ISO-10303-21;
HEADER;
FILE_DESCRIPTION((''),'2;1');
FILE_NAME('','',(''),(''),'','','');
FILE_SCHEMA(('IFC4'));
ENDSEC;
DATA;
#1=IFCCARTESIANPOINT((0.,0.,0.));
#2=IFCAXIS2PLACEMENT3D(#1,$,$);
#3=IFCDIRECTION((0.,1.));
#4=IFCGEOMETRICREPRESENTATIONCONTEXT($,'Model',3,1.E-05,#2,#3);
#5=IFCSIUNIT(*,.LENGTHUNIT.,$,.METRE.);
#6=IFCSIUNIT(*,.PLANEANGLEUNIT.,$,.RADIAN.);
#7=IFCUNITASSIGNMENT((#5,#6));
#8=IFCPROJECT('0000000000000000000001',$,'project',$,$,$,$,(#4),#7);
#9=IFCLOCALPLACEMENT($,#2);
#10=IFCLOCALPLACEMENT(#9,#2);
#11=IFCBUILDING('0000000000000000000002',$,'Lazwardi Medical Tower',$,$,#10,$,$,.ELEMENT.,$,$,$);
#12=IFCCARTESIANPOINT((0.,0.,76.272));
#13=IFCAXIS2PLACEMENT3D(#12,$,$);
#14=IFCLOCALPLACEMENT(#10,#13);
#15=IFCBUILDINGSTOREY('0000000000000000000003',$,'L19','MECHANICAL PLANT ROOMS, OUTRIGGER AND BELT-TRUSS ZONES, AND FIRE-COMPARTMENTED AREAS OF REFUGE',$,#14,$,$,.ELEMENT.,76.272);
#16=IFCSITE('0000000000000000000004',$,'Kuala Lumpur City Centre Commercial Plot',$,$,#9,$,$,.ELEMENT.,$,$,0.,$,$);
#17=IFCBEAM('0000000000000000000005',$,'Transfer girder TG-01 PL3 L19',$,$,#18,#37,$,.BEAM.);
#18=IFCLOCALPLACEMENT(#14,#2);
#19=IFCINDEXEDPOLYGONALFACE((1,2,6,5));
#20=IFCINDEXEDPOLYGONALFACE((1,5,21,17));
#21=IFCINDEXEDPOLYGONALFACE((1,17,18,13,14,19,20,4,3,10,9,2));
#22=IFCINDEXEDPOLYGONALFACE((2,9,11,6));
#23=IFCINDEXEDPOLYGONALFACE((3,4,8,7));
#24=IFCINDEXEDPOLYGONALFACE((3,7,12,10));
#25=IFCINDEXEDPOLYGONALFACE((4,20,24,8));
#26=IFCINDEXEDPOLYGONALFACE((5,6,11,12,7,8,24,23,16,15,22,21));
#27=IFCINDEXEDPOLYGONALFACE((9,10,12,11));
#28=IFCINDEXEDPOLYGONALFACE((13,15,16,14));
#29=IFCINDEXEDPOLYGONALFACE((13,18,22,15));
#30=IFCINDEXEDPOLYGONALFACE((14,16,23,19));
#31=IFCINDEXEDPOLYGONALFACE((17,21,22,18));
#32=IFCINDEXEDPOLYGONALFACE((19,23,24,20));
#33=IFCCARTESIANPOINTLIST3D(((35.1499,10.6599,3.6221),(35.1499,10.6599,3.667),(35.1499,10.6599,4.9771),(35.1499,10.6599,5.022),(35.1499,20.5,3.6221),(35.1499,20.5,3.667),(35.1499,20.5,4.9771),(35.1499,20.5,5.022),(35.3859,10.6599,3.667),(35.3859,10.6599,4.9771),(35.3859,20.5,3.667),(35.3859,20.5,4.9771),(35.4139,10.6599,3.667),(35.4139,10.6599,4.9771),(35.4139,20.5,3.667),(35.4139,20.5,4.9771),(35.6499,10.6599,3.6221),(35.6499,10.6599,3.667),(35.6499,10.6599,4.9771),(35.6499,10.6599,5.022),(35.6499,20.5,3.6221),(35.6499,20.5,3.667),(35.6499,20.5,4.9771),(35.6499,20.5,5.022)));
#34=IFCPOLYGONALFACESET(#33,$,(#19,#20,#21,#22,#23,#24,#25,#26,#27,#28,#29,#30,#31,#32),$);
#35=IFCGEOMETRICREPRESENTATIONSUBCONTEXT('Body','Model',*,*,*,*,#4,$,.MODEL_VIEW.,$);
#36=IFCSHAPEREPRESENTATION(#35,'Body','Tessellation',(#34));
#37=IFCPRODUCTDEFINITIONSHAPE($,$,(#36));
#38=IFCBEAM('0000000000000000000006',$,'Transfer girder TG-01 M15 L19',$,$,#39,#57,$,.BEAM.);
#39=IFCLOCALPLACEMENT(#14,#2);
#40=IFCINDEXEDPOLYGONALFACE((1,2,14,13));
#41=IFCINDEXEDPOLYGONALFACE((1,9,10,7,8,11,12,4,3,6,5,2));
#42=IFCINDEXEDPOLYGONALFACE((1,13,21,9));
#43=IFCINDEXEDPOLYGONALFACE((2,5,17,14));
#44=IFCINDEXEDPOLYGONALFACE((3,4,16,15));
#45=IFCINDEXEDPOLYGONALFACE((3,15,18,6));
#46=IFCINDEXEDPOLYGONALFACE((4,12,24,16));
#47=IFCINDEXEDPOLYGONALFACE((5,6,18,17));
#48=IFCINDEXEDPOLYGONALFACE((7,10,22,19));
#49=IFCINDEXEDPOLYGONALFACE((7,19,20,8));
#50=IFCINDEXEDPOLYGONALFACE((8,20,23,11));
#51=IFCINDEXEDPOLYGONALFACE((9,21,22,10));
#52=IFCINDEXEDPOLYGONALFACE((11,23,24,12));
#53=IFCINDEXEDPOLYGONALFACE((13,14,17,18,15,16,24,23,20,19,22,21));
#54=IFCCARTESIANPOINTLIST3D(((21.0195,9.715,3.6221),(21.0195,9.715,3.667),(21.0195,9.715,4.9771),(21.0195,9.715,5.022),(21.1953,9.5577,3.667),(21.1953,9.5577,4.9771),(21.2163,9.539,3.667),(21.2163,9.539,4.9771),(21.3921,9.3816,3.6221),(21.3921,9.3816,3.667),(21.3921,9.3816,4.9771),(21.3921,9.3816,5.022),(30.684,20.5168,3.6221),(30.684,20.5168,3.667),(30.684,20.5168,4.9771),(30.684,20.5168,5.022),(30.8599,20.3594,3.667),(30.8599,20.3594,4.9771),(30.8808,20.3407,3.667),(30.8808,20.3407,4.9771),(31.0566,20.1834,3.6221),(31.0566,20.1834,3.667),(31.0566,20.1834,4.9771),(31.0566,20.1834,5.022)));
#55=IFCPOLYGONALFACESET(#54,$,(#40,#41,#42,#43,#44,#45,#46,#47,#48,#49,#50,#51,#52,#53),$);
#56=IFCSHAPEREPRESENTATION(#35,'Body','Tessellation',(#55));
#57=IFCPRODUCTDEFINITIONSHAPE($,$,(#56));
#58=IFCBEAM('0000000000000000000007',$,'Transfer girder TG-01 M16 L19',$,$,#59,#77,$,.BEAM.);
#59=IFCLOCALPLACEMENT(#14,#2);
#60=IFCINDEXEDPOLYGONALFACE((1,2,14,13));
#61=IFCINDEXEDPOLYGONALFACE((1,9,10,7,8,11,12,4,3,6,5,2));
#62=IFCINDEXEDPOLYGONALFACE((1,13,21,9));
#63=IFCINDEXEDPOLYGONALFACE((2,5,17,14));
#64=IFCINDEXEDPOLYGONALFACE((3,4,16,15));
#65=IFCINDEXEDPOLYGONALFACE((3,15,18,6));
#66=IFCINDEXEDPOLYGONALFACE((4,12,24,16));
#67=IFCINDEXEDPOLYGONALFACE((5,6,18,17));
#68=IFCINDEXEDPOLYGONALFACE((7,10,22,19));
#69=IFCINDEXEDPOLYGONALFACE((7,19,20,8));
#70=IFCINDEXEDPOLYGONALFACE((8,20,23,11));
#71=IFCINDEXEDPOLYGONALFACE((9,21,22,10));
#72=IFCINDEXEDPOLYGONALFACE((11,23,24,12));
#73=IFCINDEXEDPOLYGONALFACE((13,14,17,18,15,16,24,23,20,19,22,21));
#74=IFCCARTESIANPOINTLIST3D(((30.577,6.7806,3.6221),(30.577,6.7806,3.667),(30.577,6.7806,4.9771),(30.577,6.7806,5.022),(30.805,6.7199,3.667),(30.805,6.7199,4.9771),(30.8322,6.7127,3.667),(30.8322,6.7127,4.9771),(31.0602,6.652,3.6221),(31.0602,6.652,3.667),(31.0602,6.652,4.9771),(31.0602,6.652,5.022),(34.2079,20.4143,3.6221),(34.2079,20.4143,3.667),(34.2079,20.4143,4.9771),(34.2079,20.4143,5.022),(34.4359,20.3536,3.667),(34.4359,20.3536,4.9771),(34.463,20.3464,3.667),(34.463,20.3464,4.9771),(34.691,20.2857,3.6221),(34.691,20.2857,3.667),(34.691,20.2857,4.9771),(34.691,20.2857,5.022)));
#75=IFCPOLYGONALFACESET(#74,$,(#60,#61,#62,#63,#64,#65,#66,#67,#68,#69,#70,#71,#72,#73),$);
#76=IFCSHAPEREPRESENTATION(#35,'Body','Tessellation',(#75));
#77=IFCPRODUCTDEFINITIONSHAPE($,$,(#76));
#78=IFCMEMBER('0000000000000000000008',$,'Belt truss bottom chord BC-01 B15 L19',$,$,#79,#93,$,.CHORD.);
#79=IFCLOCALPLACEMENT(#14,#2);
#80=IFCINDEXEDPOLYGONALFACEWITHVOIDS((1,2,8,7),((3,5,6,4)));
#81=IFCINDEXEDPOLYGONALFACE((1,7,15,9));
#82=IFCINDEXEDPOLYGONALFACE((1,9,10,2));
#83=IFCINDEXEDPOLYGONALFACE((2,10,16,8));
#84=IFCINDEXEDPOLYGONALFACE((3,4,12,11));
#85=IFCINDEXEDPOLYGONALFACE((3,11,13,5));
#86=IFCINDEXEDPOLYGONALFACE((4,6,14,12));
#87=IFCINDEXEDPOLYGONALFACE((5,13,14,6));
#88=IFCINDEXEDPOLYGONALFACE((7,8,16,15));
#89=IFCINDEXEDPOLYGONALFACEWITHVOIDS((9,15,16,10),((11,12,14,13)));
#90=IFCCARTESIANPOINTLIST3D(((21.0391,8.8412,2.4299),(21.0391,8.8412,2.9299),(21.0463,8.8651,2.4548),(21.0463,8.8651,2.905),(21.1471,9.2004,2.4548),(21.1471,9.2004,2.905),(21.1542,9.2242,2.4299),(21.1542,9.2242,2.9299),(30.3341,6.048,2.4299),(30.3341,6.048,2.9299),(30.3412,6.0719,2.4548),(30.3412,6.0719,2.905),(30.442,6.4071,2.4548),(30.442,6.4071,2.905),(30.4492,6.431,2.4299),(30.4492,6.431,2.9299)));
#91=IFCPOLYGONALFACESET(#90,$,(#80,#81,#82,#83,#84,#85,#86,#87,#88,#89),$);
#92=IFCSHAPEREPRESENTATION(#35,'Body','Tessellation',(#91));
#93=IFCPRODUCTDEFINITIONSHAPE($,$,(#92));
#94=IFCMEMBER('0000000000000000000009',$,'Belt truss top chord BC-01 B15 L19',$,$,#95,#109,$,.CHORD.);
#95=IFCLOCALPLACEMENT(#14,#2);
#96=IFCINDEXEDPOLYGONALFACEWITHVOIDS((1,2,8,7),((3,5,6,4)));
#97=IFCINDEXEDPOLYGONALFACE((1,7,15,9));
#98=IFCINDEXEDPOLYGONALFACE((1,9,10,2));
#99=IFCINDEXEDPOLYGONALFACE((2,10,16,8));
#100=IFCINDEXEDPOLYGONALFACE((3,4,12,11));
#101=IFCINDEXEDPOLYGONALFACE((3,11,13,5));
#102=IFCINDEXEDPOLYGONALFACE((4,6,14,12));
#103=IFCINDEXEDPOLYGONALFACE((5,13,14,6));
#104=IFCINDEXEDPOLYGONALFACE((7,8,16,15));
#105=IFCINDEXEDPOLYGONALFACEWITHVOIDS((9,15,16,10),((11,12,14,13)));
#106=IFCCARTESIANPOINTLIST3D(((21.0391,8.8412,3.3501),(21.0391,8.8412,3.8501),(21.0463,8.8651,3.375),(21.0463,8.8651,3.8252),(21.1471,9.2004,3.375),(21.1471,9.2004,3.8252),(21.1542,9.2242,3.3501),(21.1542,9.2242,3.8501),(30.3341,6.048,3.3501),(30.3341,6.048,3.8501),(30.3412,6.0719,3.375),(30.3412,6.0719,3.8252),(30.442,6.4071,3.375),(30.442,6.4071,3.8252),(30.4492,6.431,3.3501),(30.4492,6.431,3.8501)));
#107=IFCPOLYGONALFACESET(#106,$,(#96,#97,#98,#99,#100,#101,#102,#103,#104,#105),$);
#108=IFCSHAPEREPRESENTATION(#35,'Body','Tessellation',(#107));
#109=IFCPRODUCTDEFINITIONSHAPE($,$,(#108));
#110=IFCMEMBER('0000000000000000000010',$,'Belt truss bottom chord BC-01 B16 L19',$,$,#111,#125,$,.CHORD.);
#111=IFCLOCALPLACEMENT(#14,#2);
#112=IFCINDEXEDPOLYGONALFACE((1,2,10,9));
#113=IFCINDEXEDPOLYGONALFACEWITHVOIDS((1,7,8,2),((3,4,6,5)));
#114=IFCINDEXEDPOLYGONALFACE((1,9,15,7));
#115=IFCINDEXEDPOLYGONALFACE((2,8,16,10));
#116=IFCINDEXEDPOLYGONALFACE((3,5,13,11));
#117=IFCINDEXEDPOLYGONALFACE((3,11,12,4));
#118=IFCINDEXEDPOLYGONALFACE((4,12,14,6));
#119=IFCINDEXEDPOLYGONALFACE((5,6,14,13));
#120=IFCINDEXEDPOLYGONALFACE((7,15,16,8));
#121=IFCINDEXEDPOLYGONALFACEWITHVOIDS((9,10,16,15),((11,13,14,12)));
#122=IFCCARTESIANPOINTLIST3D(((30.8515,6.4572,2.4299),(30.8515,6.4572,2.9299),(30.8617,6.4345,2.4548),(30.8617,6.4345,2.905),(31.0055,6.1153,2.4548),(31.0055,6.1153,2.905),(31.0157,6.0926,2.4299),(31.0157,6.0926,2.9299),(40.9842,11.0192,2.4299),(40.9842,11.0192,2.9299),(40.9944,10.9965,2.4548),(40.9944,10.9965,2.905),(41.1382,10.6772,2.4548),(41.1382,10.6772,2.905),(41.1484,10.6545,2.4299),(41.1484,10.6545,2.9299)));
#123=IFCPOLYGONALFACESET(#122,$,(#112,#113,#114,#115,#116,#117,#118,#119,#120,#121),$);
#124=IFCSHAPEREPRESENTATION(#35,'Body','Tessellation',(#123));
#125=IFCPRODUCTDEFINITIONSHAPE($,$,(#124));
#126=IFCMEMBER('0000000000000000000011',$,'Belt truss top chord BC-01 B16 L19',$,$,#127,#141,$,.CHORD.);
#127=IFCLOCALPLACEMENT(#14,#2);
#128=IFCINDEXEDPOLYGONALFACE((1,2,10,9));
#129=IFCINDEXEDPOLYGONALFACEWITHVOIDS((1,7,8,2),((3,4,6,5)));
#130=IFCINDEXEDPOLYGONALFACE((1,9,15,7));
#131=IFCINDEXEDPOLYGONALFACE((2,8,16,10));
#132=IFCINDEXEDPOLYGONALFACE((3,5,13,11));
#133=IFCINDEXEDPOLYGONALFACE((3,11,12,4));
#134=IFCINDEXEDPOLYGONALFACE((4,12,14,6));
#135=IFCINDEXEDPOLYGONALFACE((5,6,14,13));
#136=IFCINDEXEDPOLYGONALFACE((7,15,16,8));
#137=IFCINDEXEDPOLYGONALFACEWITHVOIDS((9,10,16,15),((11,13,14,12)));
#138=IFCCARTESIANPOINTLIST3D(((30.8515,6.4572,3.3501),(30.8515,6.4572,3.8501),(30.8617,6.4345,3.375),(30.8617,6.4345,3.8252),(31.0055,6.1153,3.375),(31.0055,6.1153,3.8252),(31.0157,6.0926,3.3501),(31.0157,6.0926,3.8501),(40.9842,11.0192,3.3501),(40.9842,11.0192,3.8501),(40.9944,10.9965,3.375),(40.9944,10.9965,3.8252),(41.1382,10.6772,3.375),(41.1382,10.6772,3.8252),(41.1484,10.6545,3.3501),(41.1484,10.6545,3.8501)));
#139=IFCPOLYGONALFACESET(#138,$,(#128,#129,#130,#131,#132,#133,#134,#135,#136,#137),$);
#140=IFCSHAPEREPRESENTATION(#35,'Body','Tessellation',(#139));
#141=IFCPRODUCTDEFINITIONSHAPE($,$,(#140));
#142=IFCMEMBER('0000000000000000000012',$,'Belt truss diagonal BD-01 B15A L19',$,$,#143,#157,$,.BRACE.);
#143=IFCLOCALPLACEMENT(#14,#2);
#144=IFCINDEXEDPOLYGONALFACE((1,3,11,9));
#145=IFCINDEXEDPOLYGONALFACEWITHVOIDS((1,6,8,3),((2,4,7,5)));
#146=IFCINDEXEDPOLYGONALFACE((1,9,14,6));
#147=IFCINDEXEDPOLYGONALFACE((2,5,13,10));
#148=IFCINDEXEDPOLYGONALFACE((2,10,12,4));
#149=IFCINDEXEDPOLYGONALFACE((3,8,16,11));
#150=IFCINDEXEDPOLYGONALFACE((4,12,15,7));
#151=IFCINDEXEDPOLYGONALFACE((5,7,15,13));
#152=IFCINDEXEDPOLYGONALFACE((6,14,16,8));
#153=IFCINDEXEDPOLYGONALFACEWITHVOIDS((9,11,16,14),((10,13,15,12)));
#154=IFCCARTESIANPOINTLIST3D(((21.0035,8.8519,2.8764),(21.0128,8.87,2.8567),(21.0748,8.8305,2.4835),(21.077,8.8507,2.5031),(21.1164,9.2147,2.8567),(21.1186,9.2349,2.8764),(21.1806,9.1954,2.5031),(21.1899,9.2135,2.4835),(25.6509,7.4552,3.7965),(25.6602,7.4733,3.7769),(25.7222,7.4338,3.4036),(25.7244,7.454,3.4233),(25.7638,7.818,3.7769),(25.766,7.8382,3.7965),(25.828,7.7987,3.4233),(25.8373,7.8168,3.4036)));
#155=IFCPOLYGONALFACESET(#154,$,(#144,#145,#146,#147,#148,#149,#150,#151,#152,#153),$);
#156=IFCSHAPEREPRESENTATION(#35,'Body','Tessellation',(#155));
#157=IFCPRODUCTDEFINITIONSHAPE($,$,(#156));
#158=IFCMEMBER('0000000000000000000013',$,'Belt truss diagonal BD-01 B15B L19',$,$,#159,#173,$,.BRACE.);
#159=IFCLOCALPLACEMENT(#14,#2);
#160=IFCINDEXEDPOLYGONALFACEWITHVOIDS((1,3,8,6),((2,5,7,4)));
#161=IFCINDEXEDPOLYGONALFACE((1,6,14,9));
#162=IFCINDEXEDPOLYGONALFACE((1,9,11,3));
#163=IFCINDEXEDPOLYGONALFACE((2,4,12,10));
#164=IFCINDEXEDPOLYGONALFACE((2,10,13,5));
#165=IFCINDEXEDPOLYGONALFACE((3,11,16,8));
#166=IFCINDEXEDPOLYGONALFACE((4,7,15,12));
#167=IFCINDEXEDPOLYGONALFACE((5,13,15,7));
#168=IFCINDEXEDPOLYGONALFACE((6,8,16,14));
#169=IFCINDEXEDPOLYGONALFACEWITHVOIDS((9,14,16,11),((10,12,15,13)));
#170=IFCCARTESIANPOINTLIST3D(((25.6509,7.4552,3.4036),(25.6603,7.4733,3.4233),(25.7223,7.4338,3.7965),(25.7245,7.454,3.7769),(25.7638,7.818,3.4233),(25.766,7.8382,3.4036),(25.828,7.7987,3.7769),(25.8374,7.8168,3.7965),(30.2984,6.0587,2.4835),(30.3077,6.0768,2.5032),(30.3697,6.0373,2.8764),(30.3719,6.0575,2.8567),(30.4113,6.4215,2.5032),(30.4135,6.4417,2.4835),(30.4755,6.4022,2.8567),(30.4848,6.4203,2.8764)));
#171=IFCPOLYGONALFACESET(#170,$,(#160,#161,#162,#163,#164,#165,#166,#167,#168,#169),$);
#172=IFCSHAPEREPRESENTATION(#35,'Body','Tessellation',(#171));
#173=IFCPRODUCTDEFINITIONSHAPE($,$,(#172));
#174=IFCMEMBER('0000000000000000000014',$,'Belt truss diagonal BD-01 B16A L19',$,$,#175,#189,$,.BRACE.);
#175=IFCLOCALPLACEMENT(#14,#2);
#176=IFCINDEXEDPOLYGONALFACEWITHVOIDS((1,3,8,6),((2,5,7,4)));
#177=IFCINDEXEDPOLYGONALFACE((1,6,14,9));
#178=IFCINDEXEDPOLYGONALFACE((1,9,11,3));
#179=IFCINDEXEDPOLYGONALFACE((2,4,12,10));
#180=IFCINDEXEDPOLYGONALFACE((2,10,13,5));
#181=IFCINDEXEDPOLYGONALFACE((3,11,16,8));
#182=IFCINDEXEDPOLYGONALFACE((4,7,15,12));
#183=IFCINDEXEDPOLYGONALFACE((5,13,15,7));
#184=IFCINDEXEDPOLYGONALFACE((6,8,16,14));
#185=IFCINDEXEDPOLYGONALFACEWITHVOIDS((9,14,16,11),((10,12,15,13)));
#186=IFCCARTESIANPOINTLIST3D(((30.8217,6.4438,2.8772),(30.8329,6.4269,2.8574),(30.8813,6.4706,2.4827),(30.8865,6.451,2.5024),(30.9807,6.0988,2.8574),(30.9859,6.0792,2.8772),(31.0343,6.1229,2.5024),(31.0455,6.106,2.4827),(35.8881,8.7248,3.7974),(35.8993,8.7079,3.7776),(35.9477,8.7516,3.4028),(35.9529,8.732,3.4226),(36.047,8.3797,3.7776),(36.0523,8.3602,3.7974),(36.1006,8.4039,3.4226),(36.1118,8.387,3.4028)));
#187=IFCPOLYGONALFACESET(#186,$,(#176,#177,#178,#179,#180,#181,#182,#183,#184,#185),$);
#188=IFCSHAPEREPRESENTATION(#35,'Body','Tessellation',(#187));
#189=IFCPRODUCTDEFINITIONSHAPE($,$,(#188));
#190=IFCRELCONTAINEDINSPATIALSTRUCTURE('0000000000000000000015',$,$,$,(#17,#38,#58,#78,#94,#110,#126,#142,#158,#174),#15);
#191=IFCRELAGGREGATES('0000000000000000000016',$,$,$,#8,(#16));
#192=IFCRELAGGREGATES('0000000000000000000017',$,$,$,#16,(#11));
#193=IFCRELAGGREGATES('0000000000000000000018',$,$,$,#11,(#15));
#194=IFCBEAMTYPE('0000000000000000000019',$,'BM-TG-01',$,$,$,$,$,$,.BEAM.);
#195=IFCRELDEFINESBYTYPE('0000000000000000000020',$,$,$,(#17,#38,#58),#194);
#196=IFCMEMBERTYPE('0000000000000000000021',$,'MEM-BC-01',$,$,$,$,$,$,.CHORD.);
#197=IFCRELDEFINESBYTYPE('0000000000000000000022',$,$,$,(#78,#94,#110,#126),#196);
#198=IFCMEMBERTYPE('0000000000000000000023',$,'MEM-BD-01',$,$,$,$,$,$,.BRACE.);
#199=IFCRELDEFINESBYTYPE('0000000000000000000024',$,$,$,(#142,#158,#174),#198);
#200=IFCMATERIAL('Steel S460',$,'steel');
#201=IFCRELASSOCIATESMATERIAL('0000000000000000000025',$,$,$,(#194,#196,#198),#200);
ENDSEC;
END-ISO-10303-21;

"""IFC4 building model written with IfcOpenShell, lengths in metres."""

from ifc_helpers import new_model, si_unit, direction, frame, origin, origin_2d, place, context, subcontext, project, spatial, hollow_rectangle, i_section, extrude, material, material_profile, profile_set, type_object, element, save


model = new_model("IFC4")

# Units and contexts
model_context = context("Model", 3, precision=1e-05, world=origin(), true_north=direction((0.0, 1.0)))
body_context = subcontext(model_context, "Body", "Model", "MODEL_VIEW")
ifc_project = project(units=[si_unit("LENGTHUNIT", "METRE"), si_unit("PLANEANGLEUNIT", "RADIAN")], contexts=[model_context])

# Site, building, storey
site_placement = place(None, origin())
site = spatial("IfcSite", under=ifc_project, at=site_placement, Name="Kuala Lumpur City Centre Commercial Plot", CompositionType="ELEMENT", RefElevation=0.0)
building_placement = place(site_placement, origin())
building = spatial("IfcBuilding", under=site, at=building_placement, Name="Lazwardi Medical Tower", CompositionType="ELEMENT")
storey_placement = place(building_placement, frame((0.0, 0.0, 76.272)))
storey = spatial("IfcBuildingStorey", under=building, at=storey_placement, Name="L19", Description="MECHANICAL PLANT ROOMS, OUTRIGGER AND BELT-TRUSS ZONES, AND FIRE-COMPARTMENTED AREAS OF REFUGE", CompositionType="ELEMENT", Elevation=76.272)

# Beams
ifc_material_1 = material(Name="Steel S460", Category="steel")
ifc_material_profile_1 = material_profile(ifc_material_1, i_section(OverallWidth=0.5, OverallDepth=1.3999, WebThickness=0.0281, FlangeThickness=0.0449, at=origin_2d()), Name="PG 1400x500")
ifc_profile_set_1 = profile_set([ifc_material_profile_1], Name="Steel S460")
beam_type_1 = type_object("IfcBeamType", Name="BM-TG-01", PredefinedType="BEAM", material=ifc_profile_set_1)
beam_1_placement = place(storey_placement, frame((35.3999, 10.6599, 4.322), z_axis=(0.0, 1.0, 0.0), x_axis=(-1.0, 0.0, 0.0)))
element("IfcBeam", 1, at=beam_1_placement, inside=storey, type_object=beam_type_1, Name="Transfer girder TG-01 PL3 L19", PredefinedType="BEAM", context=body_context, shape_type="SweptSolid", body=[
    extrude(i_section(OverallWidth=0.5, OverallDepth=1.3999, WebThickness=0.0281, FlangeThickness=0.0449, at=origin_2d()), origin(), (0.0, 0.0, 1.0), 9.8401),
])
beam_2_placement = place(storey_placement, frame((21.2058, 9.5483, 4.322), z_axis=(0.666788, 0.745247, 0.0), x_axis=(-0.745247, 0.666788, 0.0)))
element("IfcBeam", 2, at=beam_2_placement, inside=storey, type_object=beam_type_1, Name="Transfer girder TG-01 M15 L19", PredefinedType="BEAM", context=body_context, shape_type="SweptSolid", body=[
    extrude(i_section(OverallWidth=0.5, OverallDepth=1.3999, WebThickness=0.0281, FlangeThickness=0.0449, at=origin_2d()), origin(), (0.0, 0.0, 1.0), 14.4941),
])
beam_3_placement = place(storey_placement, frame((30.8186, 6.7163, 4.322), z_axis=(0.257344, 0.96632, 0.0), x_axis=(-0.96632, 0.257344, 0.0)))
element("IfcBeam", 3, at=beam_3_placement, inside=storey, type_object=beam_type_1, Name="Transfer girder TG-01 M16 L19", PredefinedType="BEAM", context=body_context, shape_type="SweptSolid", body=[
    extrude(i_section(OverallWidth=0.5, OverallDepth=1.3999, WebThickness=0.0281, FlangeThickness=0.0449, at=origin_2d()), origin(), (0.0, 0.0, 1.0), 14.1089),
])

# Members
ifc_material_profile_2 = material_profile(ifc_material_1, hollow_rectangle(XDim=0.3999, YDim=0.5, WallThickness=0.0249, at=origin_2d()), Name="RHS 500x400x25")
ifc_profile_set_2 = profile_set([ifc_material_profile_2], Name="Steel S460")
member_type_1 = type_object("IfcMemberType", Name="MEM-BC-01", PredefinedType="CHORD", material=ifc_profile_set_2)
for number, where, z_axis, x_axis, name in (
    (4, (21.0967, 9.0327, 2.6799), (0.957692, -0.287796, 0.0), (0.287796, 0.957692, 0.0), "Belt truss bottom chord BC-01 B15 L19"),
    (5, (21.0967, 9.0327, 3.6001), (0.957692, -0.287796, 0.0), (0.287796, 0.957692, 0.0), "Belt truss top chord BC-01 B15 L19"),
):
    element("IfcMember", number, at=place(storey_placement, frame(where, z_axis=z_axis, x_axis=x_axis)), inside=storey, type_object=member_type_1, Name=name, PredefinedType="CHORD", context=body_context, shape_type="SweptSolid", body=[
        extrude(hollow_rectangle(XDim=0.3999, YDim=0.5, WallThickness=0.0249, at=origin_2d()), origin(), (0.0, 0.0, 1.0), 9.7056),
    ])
for number, where, z_axis, x_axis, name in (
    (6, (30.9336, 6.2749, 2.6799), (0.911846, 0.410533, 0.0), (-0.410533, 0.911846, 0.0), "Belt truss bottom chord BC-01 B16 L19"),
    (7, (30.9336, 6.2749, 3.6001), (0.911846, 0.410533, 0.0), (-0.410533, 0.911846, 0.0), "Belt truss top chord BC-01 B16 L19"),
):
    element("IfcMember", number, at=place(storey_placement, frame(where, z_axis=z_axis, x_axis=x_axis)), inside=storey, type_object=member_type_1, Name=name, PredefinedType="CHORD", context=body_context, shape_type="SweptSolid", body=[
        extrude(hollow_rectangle(XDim=0.3999, YDim=0.5, WallThickness=0.0249, at=origin_2d()), origin(), (0.0, 0.0, 1.0), 11.1123),
    ])
ifc_material_profile_3 = material_profile(ifc_material_1, hollow_rectangle(XDim=0.3999, YDim=0.3999, WallThickness=0.02, at=origin_2d()), Name="RHS 400x400x20")
ifc_profile_set_3 = profile_set([ifc_material_profile_3], Name="Steel S460")
member_type_2 = type_object("IfcMemberType", Name="MEM-BD-01", PredefinedType="BRACE", material=ifc_profile_set_3)
for number, where, z_axis, x_axis, name in (
    (8, (21.0967, 9.0327, 2.6799), (0.940919, -0.28278, 0.186296), (0.287819, 0.957685, 0.0), "Belt truss diagonal BD-01 B15A L19"),
    (9, (30.3916, 6.2395, 2.6799), (-0.940933, 0.282735, 0.186298), (-0.287772, -0.957699, 0.0), "Belt truss diagonal BD-01 B15B L19"),
):
    element("IfcMember", number, at=place(storey_placement, frame(where, z_axis=z_axis, x_axis=x_axis)), inside=storey, type_object=member_type_2, Name=name, PredefinedType="BRACE", context=body_context, shape_type="SweptSolid", body=[
        extrude(hollow_rectangle(XDim=0.3999, YDim=0.3999, WallThickness=0.02, at=origin_2d()), origin(), (0.0, 0.0, 1.0), 4.9392),
    ])
member_placement = place(storey_placement, frame((30.9336, 6.2749, 2.6799), z_axis=(0.899593, 0.405016, 0.163385), x_axis=(-0.410533, 0.911846, 0.0)))
element("IfcMember", 10, at=member_placement, inside=storey, type_object=member_type_2, Name="Belt truss diagonal BD-01 B16A L19", PredefinedType="BRACE", context=body_context, shape_type="SweptSolid", body=[
    extrude(hollow_rectangle(XDim=0.3999, YDim=0.3999, WallThickness=0.02, at=origin_2d()), origin(), (0.0, 0.0, 1.0), 5.6318),
])

save(model, "model.ifc")
